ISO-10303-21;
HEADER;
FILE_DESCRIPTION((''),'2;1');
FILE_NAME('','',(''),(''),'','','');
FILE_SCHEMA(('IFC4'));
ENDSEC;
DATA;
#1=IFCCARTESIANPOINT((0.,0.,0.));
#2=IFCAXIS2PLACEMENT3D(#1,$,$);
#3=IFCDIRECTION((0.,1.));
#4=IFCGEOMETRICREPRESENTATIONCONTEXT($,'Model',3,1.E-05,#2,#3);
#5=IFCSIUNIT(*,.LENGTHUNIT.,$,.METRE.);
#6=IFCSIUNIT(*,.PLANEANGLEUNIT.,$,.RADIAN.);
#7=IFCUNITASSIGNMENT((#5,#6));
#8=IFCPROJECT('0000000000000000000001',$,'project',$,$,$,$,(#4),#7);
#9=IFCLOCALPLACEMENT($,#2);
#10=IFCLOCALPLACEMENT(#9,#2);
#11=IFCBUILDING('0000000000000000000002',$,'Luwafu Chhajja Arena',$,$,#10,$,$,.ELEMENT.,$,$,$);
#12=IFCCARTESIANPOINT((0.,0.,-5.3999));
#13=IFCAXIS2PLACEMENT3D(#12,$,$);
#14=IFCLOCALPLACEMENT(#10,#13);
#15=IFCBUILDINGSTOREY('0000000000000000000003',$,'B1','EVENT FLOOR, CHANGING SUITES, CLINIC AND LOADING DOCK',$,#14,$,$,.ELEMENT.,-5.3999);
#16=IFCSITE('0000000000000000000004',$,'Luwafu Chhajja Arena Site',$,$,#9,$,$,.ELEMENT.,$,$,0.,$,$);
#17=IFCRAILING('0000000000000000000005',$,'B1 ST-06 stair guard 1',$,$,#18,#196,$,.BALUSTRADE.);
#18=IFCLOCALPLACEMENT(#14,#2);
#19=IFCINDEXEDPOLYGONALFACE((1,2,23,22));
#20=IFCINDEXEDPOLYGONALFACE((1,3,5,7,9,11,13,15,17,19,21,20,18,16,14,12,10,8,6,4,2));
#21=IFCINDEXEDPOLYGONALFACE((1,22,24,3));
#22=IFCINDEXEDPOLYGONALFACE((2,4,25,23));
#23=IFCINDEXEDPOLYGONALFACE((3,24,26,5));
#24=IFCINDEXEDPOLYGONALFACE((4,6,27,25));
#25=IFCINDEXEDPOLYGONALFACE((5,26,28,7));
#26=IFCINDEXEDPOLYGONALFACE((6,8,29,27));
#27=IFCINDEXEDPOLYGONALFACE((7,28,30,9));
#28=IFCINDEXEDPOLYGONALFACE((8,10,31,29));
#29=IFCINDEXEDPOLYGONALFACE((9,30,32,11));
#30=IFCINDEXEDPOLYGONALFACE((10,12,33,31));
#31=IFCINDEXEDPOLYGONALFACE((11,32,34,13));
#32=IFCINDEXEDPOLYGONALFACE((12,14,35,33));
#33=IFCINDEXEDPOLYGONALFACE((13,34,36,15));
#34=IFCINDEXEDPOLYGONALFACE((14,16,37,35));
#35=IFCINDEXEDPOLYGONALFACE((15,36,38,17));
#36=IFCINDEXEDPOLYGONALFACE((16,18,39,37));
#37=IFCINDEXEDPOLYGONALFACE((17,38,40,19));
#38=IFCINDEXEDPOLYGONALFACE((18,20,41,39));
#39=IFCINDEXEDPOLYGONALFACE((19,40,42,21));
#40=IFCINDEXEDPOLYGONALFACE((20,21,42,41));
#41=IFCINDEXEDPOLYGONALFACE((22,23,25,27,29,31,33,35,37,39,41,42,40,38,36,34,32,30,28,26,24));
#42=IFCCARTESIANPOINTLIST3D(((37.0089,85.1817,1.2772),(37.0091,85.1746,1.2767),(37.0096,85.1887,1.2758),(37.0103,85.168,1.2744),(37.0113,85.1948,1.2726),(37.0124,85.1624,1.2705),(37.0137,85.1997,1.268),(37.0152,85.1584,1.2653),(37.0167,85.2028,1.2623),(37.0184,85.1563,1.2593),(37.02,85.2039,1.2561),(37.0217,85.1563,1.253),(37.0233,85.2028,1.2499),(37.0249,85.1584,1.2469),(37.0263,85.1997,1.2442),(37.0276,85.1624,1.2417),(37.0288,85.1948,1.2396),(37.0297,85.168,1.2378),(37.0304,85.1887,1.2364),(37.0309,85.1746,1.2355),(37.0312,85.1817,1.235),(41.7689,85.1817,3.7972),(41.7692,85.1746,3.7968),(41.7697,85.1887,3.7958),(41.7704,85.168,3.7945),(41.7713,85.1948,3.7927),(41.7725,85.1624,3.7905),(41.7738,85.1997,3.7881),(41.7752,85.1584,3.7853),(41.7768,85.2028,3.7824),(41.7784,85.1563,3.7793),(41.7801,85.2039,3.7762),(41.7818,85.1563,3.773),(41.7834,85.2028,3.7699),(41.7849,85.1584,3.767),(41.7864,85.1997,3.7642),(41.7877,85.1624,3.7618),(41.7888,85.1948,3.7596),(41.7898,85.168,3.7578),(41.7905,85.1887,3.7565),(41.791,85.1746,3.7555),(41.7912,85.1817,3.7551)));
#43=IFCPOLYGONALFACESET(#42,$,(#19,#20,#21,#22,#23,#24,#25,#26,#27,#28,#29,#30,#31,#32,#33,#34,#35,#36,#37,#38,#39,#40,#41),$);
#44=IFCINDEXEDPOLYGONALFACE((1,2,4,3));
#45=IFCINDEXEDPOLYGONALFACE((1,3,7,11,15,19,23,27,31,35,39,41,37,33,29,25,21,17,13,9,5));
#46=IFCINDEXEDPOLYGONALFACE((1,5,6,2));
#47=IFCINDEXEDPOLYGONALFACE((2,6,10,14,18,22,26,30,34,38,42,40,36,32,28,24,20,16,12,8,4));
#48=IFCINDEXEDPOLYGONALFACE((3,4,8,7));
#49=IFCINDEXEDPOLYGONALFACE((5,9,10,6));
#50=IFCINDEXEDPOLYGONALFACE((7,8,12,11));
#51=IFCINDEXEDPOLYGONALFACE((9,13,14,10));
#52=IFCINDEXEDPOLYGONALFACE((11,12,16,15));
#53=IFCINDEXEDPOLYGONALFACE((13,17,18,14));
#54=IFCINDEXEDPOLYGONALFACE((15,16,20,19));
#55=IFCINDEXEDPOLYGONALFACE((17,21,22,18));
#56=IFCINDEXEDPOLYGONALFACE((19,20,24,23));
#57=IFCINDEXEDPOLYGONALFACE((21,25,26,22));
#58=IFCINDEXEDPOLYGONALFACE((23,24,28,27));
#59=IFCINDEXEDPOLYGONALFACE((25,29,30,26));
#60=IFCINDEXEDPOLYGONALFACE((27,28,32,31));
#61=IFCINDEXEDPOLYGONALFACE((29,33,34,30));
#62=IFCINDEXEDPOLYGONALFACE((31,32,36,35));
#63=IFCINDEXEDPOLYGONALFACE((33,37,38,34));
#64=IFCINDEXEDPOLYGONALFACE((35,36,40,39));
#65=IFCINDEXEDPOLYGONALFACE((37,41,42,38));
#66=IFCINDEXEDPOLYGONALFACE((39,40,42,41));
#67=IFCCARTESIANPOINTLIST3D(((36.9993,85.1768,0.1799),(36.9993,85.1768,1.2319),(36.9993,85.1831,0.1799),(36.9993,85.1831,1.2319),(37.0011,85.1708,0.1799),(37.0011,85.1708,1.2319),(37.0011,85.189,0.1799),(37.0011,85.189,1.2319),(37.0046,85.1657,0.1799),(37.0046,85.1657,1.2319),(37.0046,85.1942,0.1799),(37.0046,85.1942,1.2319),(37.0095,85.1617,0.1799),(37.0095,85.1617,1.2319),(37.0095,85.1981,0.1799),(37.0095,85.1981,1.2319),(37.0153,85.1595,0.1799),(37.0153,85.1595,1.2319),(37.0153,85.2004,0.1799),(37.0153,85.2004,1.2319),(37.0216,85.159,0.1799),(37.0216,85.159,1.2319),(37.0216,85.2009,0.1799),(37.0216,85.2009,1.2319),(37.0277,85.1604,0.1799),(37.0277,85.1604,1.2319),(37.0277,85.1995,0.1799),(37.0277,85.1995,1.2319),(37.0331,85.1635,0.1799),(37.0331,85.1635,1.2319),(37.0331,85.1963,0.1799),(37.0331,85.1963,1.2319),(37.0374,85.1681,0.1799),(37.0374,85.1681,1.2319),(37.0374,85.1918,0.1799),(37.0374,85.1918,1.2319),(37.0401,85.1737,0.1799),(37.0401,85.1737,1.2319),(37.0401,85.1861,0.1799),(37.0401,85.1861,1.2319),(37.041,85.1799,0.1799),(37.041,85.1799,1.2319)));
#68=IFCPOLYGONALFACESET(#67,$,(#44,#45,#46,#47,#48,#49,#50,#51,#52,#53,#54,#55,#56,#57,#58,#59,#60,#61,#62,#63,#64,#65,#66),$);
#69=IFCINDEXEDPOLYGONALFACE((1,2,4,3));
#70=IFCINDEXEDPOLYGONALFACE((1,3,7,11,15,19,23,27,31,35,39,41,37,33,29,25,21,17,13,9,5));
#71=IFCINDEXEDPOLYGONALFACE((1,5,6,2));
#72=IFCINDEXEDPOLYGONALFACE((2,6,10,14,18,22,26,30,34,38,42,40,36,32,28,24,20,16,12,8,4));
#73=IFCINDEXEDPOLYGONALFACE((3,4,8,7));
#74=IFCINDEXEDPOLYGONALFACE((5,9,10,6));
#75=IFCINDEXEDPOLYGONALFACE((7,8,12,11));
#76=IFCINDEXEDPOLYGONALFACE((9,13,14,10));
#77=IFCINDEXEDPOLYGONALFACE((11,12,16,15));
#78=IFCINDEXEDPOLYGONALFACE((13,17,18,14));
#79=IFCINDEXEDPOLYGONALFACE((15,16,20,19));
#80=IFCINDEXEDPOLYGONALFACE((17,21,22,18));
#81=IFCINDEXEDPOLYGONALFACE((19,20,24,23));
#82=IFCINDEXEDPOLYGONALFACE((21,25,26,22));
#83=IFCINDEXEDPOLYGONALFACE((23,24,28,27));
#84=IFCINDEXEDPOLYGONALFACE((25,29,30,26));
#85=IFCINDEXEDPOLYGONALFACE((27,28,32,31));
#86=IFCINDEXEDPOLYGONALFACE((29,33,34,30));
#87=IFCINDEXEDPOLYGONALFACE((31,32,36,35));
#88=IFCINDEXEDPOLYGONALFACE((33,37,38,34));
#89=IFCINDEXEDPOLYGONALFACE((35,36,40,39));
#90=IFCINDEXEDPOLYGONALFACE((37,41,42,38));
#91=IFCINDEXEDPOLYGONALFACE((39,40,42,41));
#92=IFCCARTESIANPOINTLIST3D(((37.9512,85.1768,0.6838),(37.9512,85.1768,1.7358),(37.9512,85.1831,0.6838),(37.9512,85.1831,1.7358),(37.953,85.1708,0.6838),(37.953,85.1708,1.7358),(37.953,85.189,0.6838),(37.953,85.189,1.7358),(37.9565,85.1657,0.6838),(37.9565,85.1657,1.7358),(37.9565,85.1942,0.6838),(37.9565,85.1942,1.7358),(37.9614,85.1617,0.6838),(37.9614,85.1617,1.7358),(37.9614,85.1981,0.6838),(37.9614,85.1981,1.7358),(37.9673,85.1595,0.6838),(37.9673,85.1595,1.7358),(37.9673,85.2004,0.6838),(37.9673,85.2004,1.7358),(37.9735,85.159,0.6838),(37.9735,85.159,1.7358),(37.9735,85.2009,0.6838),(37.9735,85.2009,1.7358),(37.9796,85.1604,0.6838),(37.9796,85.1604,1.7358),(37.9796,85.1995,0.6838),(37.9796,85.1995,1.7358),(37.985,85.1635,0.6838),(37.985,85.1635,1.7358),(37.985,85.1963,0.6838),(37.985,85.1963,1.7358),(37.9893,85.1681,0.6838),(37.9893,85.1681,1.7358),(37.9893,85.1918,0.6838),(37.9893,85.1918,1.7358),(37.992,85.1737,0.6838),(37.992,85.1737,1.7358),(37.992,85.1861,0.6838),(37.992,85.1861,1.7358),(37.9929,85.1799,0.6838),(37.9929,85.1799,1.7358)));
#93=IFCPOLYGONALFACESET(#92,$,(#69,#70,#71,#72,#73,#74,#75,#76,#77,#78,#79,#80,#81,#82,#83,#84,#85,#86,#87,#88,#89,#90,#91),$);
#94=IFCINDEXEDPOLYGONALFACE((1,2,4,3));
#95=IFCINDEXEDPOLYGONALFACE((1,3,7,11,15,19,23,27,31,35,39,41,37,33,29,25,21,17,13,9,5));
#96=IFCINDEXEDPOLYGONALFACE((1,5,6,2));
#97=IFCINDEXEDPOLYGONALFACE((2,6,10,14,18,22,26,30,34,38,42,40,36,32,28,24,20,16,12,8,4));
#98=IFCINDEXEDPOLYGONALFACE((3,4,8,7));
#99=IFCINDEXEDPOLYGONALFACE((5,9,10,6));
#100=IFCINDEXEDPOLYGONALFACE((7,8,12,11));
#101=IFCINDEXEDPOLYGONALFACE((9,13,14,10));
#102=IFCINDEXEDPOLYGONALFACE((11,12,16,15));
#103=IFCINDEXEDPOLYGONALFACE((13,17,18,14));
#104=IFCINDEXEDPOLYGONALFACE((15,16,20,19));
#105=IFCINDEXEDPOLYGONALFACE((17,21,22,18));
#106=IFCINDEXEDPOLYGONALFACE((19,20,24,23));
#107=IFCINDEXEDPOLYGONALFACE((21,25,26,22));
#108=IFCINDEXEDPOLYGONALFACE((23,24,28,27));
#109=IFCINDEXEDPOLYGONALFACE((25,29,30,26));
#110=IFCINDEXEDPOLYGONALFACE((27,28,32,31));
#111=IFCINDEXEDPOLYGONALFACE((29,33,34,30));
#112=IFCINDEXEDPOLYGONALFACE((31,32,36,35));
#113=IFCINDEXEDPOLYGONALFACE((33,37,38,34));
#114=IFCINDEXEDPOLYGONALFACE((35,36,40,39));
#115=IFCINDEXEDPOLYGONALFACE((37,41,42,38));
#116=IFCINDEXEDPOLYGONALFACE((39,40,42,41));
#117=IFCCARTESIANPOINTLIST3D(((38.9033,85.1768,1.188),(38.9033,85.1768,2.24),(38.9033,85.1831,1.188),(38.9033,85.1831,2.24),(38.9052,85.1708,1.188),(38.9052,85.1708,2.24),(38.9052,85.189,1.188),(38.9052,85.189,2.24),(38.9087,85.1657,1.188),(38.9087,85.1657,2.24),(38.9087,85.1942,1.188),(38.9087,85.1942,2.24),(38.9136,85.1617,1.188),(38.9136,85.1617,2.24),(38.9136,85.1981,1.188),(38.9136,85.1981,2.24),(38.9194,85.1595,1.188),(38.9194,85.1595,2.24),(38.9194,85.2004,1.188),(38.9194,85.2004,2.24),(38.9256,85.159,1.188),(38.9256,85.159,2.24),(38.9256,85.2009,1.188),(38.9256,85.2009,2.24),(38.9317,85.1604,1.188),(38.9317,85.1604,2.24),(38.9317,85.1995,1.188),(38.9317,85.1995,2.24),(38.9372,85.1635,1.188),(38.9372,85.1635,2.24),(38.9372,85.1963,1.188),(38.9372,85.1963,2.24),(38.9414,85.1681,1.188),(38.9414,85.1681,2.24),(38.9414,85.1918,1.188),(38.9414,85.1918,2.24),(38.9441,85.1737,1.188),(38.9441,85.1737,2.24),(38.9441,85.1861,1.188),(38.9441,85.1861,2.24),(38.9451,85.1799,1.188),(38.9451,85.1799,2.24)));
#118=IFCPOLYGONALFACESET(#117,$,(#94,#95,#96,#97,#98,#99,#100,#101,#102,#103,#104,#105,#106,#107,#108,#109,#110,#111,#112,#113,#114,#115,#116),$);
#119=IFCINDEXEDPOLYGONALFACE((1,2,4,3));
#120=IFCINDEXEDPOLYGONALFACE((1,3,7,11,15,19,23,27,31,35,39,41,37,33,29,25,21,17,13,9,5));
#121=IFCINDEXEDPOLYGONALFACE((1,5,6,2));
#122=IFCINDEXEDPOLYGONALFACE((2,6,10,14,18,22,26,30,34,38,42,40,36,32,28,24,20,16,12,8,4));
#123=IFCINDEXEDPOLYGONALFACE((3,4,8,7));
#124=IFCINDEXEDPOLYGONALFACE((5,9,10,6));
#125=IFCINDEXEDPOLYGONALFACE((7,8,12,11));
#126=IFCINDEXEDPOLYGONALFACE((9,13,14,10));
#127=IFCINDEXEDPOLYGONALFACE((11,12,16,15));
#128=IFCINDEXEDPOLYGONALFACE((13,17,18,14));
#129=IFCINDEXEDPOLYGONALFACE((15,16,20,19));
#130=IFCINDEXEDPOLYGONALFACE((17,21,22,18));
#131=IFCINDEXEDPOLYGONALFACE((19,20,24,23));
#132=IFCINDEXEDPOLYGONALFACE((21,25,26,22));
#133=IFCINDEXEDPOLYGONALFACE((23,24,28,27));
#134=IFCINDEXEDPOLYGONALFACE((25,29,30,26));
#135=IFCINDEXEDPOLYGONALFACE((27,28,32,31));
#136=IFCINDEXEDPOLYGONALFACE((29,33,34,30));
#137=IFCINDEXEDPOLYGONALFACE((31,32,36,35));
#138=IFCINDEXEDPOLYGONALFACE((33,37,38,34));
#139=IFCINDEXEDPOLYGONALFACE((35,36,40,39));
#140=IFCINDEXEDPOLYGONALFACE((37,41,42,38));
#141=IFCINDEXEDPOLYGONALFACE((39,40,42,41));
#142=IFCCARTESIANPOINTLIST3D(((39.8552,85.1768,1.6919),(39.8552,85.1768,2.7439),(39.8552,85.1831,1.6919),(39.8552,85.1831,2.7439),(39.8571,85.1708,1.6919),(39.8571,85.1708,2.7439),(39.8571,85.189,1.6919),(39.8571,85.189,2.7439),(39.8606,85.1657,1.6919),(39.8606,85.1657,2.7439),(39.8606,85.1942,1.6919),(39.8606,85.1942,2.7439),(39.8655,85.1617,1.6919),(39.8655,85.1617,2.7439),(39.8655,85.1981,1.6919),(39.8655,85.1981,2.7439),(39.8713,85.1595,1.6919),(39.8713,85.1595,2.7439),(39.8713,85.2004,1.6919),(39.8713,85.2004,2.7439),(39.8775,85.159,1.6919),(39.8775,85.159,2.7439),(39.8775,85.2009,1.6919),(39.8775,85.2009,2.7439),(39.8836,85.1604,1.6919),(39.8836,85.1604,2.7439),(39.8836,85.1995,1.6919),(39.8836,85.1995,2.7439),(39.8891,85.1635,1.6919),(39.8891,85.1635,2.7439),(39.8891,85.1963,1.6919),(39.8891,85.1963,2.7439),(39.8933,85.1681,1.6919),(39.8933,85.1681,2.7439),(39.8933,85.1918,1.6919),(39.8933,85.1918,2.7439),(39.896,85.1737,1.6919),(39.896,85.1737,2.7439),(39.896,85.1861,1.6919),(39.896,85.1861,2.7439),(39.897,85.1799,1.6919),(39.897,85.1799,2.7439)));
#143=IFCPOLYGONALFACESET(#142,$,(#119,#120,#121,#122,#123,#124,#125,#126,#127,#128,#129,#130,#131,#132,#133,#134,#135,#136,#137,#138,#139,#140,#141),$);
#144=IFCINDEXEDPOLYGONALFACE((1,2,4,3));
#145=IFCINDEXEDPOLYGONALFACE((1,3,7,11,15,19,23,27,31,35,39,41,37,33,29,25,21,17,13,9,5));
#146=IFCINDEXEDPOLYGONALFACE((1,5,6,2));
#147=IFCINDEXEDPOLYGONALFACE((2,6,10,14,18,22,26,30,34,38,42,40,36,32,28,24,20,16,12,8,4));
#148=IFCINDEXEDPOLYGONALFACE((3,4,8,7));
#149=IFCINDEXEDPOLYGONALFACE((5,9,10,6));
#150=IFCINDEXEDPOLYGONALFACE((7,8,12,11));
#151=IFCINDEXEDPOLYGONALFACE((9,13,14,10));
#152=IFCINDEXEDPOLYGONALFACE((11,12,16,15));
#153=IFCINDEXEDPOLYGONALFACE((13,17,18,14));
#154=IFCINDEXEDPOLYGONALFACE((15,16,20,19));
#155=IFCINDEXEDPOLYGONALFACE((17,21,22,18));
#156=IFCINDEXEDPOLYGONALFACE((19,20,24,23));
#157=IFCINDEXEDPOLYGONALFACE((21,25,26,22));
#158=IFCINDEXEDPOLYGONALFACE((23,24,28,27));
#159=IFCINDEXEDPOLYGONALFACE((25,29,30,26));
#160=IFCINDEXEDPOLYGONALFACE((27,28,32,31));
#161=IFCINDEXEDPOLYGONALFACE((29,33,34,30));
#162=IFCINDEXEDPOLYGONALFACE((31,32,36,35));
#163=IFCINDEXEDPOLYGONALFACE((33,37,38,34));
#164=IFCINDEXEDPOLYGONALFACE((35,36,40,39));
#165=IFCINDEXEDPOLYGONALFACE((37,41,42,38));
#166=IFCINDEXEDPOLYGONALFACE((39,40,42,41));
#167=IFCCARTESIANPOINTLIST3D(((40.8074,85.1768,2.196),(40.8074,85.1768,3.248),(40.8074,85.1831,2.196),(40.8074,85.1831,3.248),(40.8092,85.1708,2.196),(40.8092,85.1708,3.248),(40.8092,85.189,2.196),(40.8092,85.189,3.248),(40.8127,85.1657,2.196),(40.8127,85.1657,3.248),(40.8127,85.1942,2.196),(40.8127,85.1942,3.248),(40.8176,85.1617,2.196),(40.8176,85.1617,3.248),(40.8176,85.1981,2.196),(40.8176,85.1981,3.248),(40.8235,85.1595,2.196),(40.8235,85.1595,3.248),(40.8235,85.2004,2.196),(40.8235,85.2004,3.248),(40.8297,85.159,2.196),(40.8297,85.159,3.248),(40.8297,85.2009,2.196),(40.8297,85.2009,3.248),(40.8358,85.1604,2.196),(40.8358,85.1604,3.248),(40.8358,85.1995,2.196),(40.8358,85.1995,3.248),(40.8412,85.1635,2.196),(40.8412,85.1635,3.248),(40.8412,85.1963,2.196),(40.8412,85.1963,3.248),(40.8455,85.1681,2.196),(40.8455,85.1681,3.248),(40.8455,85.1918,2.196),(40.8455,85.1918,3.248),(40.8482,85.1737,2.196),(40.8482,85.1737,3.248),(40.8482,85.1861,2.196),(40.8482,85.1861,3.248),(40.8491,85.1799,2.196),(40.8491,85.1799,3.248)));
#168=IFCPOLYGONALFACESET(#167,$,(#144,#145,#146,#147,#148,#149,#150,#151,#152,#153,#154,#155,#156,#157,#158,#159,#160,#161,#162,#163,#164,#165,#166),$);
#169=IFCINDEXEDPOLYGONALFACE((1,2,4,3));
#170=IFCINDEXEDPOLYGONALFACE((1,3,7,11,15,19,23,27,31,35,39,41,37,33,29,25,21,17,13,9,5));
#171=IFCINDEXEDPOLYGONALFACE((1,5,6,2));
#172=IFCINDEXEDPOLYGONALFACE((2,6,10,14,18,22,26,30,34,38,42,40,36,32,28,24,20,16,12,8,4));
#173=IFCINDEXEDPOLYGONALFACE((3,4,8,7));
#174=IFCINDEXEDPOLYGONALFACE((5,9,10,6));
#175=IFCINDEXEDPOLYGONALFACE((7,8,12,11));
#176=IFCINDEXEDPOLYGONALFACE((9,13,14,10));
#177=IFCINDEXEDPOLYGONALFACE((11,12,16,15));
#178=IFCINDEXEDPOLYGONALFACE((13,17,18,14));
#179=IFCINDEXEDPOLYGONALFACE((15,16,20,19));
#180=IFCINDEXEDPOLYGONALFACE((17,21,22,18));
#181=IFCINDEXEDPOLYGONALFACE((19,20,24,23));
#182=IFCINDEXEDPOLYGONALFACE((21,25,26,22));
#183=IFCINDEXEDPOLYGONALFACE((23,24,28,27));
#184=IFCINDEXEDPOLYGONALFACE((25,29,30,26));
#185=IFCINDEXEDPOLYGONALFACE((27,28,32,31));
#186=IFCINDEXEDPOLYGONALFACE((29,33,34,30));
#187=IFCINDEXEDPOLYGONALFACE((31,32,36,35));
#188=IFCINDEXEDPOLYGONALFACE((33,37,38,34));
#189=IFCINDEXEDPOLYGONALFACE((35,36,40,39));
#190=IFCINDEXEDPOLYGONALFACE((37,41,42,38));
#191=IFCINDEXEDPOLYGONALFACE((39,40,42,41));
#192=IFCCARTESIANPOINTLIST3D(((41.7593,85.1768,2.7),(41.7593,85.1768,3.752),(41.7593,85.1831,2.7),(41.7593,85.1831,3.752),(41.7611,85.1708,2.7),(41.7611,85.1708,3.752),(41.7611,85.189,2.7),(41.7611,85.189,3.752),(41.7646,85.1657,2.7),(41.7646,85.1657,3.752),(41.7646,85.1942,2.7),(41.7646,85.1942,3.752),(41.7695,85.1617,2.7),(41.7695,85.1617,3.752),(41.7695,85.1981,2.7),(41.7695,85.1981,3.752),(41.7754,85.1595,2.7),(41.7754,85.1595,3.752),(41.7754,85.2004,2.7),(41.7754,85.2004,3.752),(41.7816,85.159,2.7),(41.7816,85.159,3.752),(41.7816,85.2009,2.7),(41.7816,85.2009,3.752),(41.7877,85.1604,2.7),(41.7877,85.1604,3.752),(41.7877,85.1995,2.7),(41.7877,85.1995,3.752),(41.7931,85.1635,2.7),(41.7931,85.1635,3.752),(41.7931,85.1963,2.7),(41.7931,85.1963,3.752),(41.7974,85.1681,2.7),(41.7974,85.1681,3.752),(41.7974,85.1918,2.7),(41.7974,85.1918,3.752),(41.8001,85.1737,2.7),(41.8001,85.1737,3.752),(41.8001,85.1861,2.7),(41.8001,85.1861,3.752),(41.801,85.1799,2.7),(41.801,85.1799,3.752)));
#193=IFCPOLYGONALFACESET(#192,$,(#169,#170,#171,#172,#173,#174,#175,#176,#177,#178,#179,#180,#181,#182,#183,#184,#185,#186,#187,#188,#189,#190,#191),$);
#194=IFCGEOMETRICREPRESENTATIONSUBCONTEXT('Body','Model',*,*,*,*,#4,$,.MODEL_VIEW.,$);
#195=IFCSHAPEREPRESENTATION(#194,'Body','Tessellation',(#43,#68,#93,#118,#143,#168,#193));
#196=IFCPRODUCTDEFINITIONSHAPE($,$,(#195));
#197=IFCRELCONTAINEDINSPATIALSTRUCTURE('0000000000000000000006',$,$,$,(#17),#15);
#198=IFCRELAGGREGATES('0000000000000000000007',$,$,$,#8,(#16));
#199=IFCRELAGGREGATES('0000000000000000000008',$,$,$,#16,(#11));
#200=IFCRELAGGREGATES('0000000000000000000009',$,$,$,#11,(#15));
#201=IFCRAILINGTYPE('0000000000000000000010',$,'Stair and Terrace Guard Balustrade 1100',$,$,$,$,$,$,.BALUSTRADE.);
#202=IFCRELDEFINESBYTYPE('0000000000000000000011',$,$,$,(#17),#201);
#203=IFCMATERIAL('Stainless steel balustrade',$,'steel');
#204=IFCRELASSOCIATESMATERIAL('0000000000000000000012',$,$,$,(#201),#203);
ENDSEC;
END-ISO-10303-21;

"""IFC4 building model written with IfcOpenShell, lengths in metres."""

from ifc_helpers import new_model, si_unit, direction, frame, origin, origin_2d, place, context, subcontext, project, spatial, circle, extrude, material, type_object, element, save


model = new_model("IFC4")

# Units and contexts
model_context = context("Model", 3, precision=1e-05, world=origin(), true_north=direction((0.0, 1.0)))
body_context = subcontext(model_context, "Body", "Model", "MODEL_VIEW")
ifc_project = project(units=[si_unit("LENGTHUNIT", "METRE"), si_unit("PLANEANGLEUNIT", "RADIAN")], contexts=[model_context])

# Site, building, storey
site_placement = place(None, origin())
site = spatial("IfcSite", under=ifc_project, at=site_placement, Name="Luwafu Chhajja Arena Site", CompositionType="ELEMENT", RefElevation=0.0)
building_placement = place(site_placement, origin())
building = spatial("IfcBuilding", under=site, at=building_placement, Name="Luwafu Chhajja Arena", CompositionType="ELEMENT")
storey_placement = place(building_placement, frame((0.0, 0.0, -5.3999)))
storey = spatial("IfcBuildingStorey", under=building, at=storey_placement, Name="B1", Description="EVENT FLOOR, CHANGING SUITES, CLINIC AND LOADING DOCK", CompositionType="ELEMENT", Elevation=-5.3999)

# Railing
ifc_material_1 = material(Name="Stainless steel balustrade", Category="steel")
railing_type_1 = type_object("IfcRailingType", Name="Stair and Terrace Guard Balustrade 1100", PredefinedType="BALUSTRADE", material=ifc_material_1)
railing_1_placement = place(storey_placement, frame((37.02, 85.1799, 0.1799)))
element("IfcRailing", 1, at=railing_1_placement, inside=storey, type_object=railing_type_1, Name="B1 ST-06 stair guard 1", PredefinedType="BALUSTRADE", context=body_context, shape_type="SweptSolid", body=[
    extrude(circle(Radius=0.0239, at=origin_2d()), frame((0.0, 0.0, 1.0762), z_axis=(0.883787, 0.0, 0.46789), x_axis=(0.0, 1.0, 0.0)), (0.0, 0.0, 1.0), 5.386),
    extrude(circle(Radius=0.021, at=origin_2d()), origin(), (0.0, 0.0, 1.0), 1.052),
    extrude(circle(Radius=0.021, at=origin_2d()), frame((0.9519, 0.0, 0.5039)), (0.0, 0.0, 1.0), 1.052),
    extrude(circle(Radius=0.021, at=origin_2d()), frame((1.9041, 0.0, 1.0081)), (0.0, 0.0, 1.0), 1.052),
    extrude(circle(Radius=0.021, at=origin_2d()), frame((2.856, 0.0, 1.512)), (0.0, 0.0, 1.0), 1.052),
    extrude(circle(Radius=0.021, at=origin_2d()), frame((3.8081, 0.0, 2.0161)), (0.0, 0.0, 1.0), 1.052),
    extrude(circle(Radius=0.021, at=origin_2d()), frame((4.76, 0.0, 2.52)), (0.0, 0.0, 1.0), 1.052),
])

save(model, "model.ifc")
